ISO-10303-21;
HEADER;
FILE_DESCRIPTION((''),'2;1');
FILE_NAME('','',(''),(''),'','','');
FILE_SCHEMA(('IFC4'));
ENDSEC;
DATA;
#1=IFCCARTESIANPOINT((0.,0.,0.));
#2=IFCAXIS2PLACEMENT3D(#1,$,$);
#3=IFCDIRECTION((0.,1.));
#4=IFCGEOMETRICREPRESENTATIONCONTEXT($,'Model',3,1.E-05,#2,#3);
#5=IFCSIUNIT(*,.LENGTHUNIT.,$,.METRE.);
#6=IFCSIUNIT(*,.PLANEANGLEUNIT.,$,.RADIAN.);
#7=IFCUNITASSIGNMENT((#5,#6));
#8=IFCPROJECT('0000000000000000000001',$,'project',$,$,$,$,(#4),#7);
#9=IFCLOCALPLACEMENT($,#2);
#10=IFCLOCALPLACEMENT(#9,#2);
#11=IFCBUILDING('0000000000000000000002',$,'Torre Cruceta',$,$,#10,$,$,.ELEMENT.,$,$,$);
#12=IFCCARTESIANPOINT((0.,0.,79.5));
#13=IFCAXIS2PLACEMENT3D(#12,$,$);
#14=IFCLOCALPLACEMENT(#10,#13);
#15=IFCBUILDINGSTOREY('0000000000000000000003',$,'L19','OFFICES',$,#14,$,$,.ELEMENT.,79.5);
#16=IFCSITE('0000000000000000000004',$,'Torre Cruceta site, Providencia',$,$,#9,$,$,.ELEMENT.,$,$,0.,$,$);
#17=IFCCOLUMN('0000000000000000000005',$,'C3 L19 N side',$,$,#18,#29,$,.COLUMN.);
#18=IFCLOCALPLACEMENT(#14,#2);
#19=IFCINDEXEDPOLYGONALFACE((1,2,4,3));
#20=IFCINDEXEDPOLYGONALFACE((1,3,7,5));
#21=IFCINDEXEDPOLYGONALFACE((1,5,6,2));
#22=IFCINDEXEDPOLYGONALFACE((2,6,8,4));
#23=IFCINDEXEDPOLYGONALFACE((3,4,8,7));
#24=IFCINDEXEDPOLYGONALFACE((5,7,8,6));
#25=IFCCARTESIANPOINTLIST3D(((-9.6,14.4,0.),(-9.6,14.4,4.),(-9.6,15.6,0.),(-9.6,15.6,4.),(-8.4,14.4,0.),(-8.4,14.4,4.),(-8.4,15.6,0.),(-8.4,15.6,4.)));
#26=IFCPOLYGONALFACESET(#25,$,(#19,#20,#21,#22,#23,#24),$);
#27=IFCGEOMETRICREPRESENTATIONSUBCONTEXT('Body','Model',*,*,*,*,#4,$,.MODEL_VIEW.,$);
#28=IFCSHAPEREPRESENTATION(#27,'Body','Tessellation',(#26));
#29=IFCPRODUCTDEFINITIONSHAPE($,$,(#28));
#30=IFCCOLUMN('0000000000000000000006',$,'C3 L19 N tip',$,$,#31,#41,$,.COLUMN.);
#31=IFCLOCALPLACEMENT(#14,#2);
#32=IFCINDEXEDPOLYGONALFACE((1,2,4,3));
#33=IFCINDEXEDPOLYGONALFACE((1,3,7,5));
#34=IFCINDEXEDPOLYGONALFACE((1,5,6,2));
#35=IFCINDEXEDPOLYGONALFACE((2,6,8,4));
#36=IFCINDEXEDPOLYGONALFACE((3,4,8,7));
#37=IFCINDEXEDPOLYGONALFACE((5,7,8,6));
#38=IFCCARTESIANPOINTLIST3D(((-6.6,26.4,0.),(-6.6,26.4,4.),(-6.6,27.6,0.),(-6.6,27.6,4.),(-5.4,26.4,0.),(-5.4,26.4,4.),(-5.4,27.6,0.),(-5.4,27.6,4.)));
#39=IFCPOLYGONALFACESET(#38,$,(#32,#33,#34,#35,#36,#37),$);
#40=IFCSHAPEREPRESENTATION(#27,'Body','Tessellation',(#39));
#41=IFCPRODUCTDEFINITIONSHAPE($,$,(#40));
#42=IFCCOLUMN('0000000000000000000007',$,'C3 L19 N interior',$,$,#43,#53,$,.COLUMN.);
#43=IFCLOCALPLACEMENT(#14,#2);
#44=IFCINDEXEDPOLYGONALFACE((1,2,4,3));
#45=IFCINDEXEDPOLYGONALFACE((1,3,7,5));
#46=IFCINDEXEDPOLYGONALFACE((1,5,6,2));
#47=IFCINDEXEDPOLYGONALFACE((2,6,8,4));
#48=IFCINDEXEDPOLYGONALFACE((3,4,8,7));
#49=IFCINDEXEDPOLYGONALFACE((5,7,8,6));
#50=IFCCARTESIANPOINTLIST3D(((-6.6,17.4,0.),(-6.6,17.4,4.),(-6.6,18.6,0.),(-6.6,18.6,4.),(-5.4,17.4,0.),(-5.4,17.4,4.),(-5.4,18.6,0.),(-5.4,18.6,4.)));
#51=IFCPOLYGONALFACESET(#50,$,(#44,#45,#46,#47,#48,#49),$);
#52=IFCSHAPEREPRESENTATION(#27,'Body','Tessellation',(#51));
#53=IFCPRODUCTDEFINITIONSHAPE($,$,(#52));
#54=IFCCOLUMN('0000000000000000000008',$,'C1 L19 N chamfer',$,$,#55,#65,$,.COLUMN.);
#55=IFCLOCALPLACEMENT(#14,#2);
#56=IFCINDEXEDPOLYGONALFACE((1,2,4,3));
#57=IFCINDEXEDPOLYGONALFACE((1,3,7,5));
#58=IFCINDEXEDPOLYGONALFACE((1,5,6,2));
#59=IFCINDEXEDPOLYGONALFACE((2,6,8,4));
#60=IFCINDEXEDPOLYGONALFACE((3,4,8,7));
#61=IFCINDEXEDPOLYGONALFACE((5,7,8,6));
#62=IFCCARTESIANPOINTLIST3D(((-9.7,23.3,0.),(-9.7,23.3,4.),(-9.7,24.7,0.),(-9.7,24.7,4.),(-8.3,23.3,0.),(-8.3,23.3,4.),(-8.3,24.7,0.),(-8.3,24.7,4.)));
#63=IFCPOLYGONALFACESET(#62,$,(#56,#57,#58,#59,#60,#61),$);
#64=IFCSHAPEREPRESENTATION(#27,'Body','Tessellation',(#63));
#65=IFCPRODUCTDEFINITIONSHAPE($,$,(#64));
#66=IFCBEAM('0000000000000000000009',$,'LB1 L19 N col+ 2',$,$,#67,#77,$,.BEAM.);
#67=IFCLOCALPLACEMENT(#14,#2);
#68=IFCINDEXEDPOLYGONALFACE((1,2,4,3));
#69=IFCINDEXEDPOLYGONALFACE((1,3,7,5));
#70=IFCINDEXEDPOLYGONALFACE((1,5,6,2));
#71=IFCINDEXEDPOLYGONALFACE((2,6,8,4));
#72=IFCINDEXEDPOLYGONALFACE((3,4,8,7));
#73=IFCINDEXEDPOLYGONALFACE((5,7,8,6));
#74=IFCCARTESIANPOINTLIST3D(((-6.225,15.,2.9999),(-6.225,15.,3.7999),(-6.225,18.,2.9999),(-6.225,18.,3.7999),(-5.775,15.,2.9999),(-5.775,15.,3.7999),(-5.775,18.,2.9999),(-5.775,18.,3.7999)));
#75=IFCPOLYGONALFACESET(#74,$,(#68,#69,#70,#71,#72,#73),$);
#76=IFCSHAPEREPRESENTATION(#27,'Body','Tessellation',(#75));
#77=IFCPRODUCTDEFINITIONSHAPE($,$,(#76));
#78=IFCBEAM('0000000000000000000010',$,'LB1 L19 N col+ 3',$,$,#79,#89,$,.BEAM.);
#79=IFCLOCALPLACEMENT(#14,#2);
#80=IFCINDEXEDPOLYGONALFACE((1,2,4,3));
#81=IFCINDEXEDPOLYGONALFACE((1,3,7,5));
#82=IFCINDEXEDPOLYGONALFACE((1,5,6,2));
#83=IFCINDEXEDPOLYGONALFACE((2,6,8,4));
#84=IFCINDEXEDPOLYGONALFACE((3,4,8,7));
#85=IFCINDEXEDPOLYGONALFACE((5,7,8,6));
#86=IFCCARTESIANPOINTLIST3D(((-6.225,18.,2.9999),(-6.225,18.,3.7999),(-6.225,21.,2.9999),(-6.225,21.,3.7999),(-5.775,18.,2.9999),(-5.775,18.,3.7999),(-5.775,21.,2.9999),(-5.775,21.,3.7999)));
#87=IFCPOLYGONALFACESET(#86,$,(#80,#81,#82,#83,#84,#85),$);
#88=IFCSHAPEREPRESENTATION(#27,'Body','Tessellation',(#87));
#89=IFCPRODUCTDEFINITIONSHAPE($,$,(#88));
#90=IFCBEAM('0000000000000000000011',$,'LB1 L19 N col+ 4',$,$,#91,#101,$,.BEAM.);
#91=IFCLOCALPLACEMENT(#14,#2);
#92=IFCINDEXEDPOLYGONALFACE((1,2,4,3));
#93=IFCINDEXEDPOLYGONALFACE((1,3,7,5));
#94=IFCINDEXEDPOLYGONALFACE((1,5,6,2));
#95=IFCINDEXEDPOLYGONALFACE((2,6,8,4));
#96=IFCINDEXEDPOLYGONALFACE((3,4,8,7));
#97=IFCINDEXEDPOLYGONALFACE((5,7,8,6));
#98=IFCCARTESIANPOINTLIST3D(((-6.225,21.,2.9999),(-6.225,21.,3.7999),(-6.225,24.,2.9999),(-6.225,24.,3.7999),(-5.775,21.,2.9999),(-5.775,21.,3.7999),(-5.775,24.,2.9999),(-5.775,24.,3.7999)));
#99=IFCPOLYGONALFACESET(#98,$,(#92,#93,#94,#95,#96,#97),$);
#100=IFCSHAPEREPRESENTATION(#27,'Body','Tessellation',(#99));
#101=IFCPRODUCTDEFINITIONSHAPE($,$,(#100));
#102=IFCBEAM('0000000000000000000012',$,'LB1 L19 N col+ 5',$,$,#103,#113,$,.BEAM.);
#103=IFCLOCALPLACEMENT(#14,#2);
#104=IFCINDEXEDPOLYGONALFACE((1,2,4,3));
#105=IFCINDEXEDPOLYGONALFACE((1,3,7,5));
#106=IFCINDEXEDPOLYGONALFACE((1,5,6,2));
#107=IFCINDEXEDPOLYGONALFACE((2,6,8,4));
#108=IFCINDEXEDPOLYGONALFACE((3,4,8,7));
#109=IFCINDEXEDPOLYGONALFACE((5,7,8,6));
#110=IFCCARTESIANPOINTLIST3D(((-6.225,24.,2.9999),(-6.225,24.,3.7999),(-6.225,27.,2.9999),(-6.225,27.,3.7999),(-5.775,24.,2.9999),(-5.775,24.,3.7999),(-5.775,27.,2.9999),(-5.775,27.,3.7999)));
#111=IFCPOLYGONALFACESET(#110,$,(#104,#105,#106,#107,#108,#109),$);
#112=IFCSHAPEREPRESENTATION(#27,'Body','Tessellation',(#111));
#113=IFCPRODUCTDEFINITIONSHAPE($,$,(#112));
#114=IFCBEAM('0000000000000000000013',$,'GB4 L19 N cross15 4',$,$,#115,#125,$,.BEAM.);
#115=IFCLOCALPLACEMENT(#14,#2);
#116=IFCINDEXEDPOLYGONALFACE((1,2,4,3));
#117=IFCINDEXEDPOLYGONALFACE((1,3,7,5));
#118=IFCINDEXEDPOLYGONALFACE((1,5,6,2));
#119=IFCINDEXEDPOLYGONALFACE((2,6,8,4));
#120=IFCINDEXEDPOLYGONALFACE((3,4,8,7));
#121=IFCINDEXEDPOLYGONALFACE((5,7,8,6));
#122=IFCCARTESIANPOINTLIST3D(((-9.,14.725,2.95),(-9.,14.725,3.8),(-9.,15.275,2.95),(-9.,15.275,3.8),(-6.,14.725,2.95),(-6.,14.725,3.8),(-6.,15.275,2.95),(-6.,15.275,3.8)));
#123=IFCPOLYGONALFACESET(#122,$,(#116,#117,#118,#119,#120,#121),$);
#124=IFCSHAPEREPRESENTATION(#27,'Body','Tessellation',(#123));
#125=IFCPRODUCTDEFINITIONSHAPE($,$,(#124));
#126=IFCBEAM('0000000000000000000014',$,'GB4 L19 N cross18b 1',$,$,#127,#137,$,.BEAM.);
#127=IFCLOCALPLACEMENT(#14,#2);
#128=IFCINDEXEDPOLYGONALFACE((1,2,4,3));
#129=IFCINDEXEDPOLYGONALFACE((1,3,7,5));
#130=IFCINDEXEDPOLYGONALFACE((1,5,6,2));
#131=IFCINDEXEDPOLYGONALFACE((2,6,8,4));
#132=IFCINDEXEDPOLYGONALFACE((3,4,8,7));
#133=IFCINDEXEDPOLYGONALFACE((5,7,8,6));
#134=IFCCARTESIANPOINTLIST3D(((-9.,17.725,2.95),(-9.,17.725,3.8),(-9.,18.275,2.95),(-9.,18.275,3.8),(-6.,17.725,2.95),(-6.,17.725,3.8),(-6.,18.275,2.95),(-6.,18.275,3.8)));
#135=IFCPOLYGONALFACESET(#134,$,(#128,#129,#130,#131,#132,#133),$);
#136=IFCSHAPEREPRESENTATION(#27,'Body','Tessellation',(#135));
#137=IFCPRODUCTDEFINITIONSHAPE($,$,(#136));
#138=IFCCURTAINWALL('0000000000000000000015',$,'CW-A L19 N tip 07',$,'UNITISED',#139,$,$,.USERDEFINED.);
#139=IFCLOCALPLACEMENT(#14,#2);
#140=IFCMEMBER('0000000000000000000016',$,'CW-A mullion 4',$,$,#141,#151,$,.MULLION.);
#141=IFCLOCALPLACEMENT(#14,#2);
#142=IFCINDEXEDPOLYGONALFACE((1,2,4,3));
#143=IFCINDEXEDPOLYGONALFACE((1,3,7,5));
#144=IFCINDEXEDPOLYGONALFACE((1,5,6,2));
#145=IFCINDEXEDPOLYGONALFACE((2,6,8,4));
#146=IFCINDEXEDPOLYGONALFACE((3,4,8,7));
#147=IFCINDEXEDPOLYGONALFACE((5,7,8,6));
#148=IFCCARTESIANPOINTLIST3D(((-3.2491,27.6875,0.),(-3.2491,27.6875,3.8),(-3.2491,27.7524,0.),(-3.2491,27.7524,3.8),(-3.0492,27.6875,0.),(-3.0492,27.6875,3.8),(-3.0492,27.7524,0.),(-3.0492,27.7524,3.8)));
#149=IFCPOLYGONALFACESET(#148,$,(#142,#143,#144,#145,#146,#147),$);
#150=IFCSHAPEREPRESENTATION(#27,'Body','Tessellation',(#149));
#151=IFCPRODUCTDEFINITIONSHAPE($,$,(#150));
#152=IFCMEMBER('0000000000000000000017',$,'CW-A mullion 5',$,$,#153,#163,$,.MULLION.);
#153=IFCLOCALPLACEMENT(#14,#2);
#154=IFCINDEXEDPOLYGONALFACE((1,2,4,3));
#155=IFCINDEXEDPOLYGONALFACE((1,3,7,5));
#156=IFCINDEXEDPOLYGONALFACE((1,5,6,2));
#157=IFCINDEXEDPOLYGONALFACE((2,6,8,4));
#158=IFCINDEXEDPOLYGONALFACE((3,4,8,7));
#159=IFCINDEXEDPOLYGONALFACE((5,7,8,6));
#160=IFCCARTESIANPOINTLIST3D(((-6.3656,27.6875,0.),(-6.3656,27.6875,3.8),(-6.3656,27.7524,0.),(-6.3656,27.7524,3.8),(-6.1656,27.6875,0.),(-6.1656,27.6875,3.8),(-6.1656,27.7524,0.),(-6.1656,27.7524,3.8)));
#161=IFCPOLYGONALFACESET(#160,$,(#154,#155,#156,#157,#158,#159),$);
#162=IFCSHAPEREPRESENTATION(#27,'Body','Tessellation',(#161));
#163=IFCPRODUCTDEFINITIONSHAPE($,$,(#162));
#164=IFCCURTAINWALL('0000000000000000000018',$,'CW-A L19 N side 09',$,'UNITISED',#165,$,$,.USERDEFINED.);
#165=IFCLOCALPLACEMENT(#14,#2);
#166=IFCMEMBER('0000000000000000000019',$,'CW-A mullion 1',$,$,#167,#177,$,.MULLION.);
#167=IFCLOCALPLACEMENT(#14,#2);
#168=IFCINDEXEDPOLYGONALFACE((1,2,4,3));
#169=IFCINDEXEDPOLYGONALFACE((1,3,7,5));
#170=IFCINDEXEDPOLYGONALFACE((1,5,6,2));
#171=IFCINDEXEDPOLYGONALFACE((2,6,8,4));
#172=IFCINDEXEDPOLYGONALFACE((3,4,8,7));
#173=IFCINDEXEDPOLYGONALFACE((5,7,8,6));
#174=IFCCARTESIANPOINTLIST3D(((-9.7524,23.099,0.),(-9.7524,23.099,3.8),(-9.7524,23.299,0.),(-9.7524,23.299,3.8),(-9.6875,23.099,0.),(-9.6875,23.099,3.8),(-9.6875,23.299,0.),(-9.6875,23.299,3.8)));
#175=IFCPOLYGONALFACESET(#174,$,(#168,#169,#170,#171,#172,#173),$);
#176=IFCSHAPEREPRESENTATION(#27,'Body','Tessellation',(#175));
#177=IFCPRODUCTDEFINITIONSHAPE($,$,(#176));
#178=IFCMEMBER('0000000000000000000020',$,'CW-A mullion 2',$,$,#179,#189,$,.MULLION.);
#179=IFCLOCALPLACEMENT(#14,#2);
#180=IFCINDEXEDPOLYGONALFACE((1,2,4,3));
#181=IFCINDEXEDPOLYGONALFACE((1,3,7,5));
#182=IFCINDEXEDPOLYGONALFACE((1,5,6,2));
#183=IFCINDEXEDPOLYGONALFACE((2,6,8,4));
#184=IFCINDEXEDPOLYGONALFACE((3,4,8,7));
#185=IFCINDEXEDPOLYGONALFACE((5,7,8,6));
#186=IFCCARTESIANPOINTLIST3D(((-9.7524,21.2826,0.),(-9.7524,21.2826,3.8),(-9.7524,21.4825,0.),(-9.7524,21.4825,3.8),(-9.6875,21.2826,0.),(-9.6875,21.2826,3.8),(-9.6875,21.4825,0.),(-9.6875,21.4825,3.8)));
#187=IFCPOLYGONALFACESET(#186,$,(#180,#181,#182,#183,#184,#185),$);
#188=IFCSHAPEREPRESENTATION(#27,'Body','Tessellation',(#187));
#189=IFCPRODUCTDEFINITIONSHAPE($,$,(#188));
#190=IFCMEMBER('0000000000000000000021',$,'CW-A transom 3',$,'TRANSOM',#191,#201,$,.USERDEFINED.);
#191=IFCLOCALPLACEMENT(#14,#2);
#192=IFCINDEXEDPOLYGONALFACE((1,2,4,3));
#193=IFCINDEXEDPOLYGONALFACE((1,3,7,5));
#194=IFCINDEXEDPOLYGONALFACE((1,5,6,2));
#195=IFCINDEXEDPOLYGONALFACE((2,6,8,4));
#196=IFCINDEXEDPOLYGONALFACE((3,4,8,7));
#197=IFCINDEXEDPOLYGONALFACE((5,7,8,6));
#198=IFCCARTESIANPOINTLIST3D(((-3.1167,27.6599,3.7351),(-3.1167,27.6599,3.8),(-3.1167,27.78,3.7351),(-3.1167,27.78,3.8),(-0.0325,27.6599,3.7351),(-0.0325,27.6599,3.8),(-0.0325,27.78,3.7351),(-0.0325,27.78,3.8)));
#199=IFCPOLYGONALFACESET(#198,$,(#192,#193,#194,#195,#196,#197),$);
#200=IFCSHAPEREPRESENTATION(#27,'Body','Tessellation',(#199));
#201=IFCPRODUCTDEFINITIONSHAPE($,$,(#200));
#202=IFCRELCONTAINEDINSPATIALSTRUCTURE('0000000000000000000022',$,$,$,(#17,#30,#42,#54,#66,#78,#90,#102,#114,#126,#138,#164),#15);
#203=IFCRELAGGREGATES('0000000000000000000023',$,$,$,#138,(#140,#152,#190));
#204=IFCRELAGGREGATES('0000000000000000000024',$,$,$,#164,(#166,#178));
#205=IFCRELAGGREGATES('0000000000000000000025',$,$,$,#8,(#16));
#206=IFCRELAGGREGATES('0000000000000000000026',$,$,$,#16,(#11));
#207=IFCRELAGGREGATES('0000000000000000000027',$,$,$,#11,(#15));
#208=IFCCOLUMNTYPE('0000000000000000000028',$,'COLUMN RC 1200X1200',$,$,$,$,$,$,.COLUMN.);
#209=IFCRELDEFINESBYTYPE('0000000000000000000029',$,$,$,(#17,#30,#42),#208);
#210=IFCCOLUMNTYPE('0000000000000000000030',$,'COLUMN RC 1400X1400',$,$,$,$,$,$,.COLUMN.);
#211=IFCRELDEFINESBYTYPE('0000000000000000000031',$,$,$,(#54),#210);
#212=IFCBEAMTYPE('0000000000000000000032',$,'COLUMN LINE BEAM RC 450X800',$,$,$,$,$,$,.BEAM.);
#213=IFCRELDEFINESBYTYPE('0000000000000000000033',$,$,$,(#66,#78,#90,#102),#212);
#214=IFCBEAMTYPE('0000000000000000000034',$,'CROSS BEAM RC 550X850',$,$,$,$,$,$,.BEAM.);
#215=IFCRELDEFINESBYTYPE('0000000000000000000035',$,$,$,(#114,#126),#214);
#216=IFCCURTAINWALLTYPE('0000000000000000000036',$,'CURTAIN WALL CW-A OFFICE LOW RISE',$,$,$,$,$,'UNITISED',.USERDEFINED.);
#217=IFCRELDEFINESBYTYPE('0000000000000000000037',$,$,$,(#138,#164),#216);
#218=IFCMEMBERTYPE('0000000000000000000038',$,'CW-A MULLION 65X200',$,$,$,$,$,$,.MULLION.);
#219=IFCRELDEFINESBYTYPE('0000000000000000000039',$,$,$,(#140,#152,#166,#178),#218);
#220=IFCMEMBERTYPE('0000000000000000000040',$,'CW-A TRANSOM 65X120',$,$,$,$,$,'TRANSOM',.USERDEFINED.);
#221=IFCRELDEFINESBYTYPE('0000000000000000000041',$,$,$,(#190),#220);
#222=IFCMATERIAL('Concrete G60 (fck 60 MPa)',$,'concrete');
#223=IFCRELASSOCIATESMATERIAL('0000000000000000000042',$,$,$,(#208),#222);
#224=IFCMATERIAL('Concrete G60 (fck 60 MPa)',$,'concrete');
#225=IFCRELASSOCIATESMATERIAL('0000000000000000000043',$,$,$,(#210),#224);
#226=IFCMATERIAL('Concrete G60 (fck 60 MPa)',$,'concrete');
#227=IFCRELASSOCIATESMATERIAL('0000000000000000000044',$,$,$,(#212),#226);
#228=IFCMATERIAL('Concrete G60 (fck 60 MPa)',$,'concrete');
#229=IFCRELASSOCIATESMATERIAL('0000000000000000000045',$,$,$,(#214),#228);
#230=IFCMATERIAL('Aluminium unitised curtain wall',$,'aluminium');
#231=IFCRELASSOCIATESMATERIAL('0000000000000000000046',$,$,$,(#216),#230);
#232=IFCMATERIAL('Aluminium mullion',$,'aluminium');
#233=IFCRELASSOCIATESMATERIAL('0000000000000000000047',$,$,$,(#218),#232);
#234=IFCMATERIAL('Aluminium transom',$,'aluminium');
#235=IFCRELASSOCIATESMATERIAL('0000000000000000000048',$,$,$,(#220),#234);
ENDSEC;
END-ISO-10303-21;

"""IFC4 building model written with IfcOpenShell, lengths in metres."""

from ifc_helpers import new_model, si_unit, direction, frame, origin, origin_2d, place, context, subcontext, project, spatial, rectangle, extrude, material, material_profile, profile_set, type_object, element, aggregate, save


model = new_model("IFC4")

# Units and contexts
model_context = context("Model", 3, precision=1e-05, world=origin(), true_north=direction((0.0, 1.0)))
body_context = subcontext(model_context, "Body", "Model", "MODEL_VIEW")
ifc_project = project(units=[si_unit("LENGTHUNIT", "METRE"), si_unit("PLANEANGLEUNIT", "RADIAN")], contexts=[model_context])

# Site, building, storey
site_placement = place(None, origin())
site = spatial("IfcSite", under=ifc_project, at=site_placement, Name="Torre Cruceta site, Providencia", CompositionType="ELEMENT", RefElevation=0.0)
building_placement = place(site_placement, origin())
building = spatial("IfcBuilding", under=site, at=building_placement, Name="Torre Cruceta", CompositionType="ELEMENT")
storey_placement = place(building_placement, frame((0.0, 0.0, 79.5)))
storey = spatial("IfcBuildingStorey", under=building, at=storey_placement, Name="L19", Description="OFFICES", CompositionType="ELEMENT", Elevation=79.5)

# Columns
ifc_material_1 = material(Name="Concrete G60 (fck 60 MPa)", Category="concrete")
ifc_material_profile_1 = material_profile(ifc_material_1, rectangle(XDim=1.2, YDim=1.2, at=origin_2d()), Name="RC 1200X1200")
ifc_profile_set_1 = profile_set([ifc_material_profile_1], Name="Concrete G60 (fck 60 MPa)")
column_type_1 = type_object("IfcColumnType", Name="COLUMN RC 1200X1200", PredefinedType="COLUMN", material=ifc_profile_set_1)
for number, where, z_axis, x_axis, name in (
    (1, (-9.0, 15.0, 0.0), (0.0, 0.0, 1.0), (1.0, 0.0, 0.0), "C3 L19 N side"),
    (2, (-6.0, 27.0, 0.0), (0.0, 0.0, 1.0), (1.0, 0.0, 0.0), "C3 L19 N tip"),
    (3, (-6.0, 18.0, 0.0), (0.0, 0.0, 1.0), (1.0, 0.0, 0.0), "C3 L19 N interior"),
):
    element("IfcColumn", number, at=place(storey_placement, frame(where, z_axis=z_axis, x_axis=x_axis)), inside=storey, type_object=column_type_1, Name=name, PredefinedType="COLUMN", context=body_context, shape_type="SweptSolid", body=[
        extrude(rectangle(XDim=1.2, YDim=1.2, at=origin_2d()), origin(), (0.0, 0.0, 1.0), 4.0),
    ])
ifc_material_2 = material(Name="Concrete G60 (fck 60 MPa)", Category="concrete")
ifc_material_profile_2 = material_profile(ifc_material_2, rectangle(XDim=1.3999, YDim=1.3999, at=origin_2d()), Name="RC 1400X1400")
ifc_profile_set_2 = profile_set([ifc_material_profile_2], Name="Concrete G60 (fck 60 MPa)")
column_type_2 = type_object("IfcColumnType", Name="COLUMN RC 1400X1400", PredefinedType="COLUMN", material=ifc_profile_set_2)
column_placement = place(storey_placement, frame((-9.0, 24.0, 0.0), z_axis=(0.0, 0.0, 1.0), x_axis=(1.0, 0.0, 0.0)))
element("IfcColumn", 4, at=column_placement, inside=storey, type_object=column_type_2, Name="C1 L19 N chamfer", PredefinedType="COLUMN", context=body_context, shape_type="SweptSolid", body=[
    extrude(rectangle(XDim=1.3999, YDim=1.3999, at=origin_2d()), origin(), (0.0, 0.0, 1.0), 4.0),
])

# Beams
ifc_material_3 = material(Name="Concrete G60 (fck 60 MPa)", Category="concrete")
ifc_material_profile_3 = material_profile(ifc_material_3, rectangle(XDim=0.45, YDim=0.8, at=origin_2d()), Name="RC 450X800")
ifc_profile_set_3 = profile_set([ifc_material_profile_3], Name="Concrete G60 (fck 60 MPa)")
beam_type_1 = type_object("IfcBeamType", Name="COLUMN LINE BEAM RC 450X800", PredefinedType="BEAM", material=ifc_profile_set_3)
for number, where, z_axis, x_axis, name in (
    (5, (-6.0, 15.0, 3.3999), (0.0, 1.0, 0.0), (-1.0, 0.0, 0.0), "LB1 L19 N col+ 2"),
    (6, (-6.0, 18.0, 3.3999), (0.0, 1.0, 0.0), (-1.0, 0.0, 0.0), "LB1 L19 N col+ 3"),
    (7, (-6.0, 21.0, 3.3999), (0.0, 1.0, 0.0), (-1.0, 0.0, 0.0), "LB1 L19 N col+ 4"),
    (8, (-6.0, 24.0, 3.3999), (0.0, 1.0, 0.0), (-1.0, 0.0, 0.0), "LB1 L19 N col+ 5"),
):
    element("IfcBeam", number, at=place(storey_placement, frame(where, z_axis=z_axis, x_axis=x_axis)), inside=storey, type_object=beam_type_1, Name=name, PredefinedType="BEAM", context=body_context, shape_type="SweptSolid", body=[
        extrude(rectangle(XDim=0.45, YDim=0.8, at=origin_2d()), origin(), (0.0, 0.0, 1.0), 3.0),
    ])
ifc_material_4 = material(Name="Concrete G60 (fck 60 MPa)", Category="concrete")
ifc_material_profile_4 = material_profile(ifc_material_4, rectangle(XDim=0.55, YDim=0.8501, at=origin_2d()), Name="RC 550X850")
ifc_profile_set_4 = profile_set([ifc_material_profile_4], Name="Concrete G60 (fck 60 MPa)")
beam_type_2 = type_object("IfcBeamType", Name="CROSS BEAM RC 550X850", PredefinedType="BEAM", material=ifc_profile_set_4)
for number, where, z_axis, x_axis, name in (
    (9, (-6.0, 15.0, 3.375), (-1.0, 0.0, 0.0), (0.0, -1.0, 0.0), "GB4 L19 N cross15 4"),
    (10, (-6.0, 18.0, 3.375), (-1.0, 0.0, 0.0), (0.0, -1.0, 0.0), "GB4 L19 N cross18b 1"),
):
    element("IfcBeam", number, at=place(storey_placement, frame(where, z_axis=z_axis, x_axis=x_axis)), inside=storey, type_object=beam_type_2, Name=name, PredefinedType="BEAM", context=body_context, shape_type="SweptSolid", body=[
        extrude(rectangle(XDim=0.55, YDim=0.8501, at=origin_2d()), origin(), (0.0, 0.0, 1.0), 3.0),
    ])

# Curtain walls, members
ifc_material_5 = material(Name="Aluminium unitised curtain wall", Category="aluminium")
curtain_wall_type = type_object("IfcCurtainWallType", Name="CURTAIN WALL CW-A OFFICE LOW RISE", ElementType="UNITISED", PredefinedType="USERDEFINED", material=ifc_material_5)
curtain_wall_1_placement = place(storey_placement, origin())
curtain_wall_1 = element("IfcCurtainWall", 11, at=curtain_wall_1_placement, inside=storey, type_object=curtain_wall_type, Name="CW-A L19 N tip 07", ObjectType="UNITISED", PredefinedType="USERDEFINED")
ifc_material_6 = material(Name="Aluminium mullion", Category="aluminium")
ifc_material_profile_5 = material_profile(ifc_material_6, rectangle(XDim=0.0649, YDim=0.2, at=origin_2d()), Name="AL 65X200")
ifc_profile_set_5 = profile_set([ifc_material_profile_5], Name="Aluminium mullion")
member_type_1 = type_object("IfcMemberType", Name="CW-A MULLION 65X200", PredefinedType="MULLION", material=ifc_profile_set_5)
member_1_placement = place(storey_placement, frame((-3.1492, 27.72, 0.0), z_axis=(0.0, 0.0, 1.0), x_axis=(0.0, -1.0, 0.0)))
member_1 = element("IfcMember", 12, at=member_1_placement, type_object=member_type_1, Name="CW-A mullion 4", PredefinedType="MULLION", context=body_context, shape_type="SweptSolid", body=[
    extrude(rectangle(XDim=0.0649, YDim=0.2, at=origin_2d()), origin(), (0.0, 0.0, 1.0), 3.8),
])
member_2_placement = place(storey_placement, frame((-6.2656, 27.72, 0.0), z_axis=(0.0, 0.0, 1.0), x_axis=(0.0, -1.0, 0.0)))
member_2 = element("IfcMember", 13, at=member_2_placement, type_object=member_type_1, Name="CW-A mullion 5", PredefinedType="MULLION", context=body_context, shape_type="SweptSolid", body=[
    extrude(rectangle(XDim=0.0649, YDim=0.2, at=origin_2d()), origin(), (0.0, 0.0, 1.0), 3.8),
])
curtain_wall_2_placement = place(storey_placement, origin())
curtain_wall_2 = element("IfcCurtainWall", 14, at=curtain_wall_2_placement, inside=storey, type_object=curtain_wall_type, Name="CW-A L19 N side 09", ObjectType="UNITISED", PredefinedType="USERDEFINED")
member_3_placement = place(storey_placement, frame((-9.72, 23.199, 0.0), z_axis=(0.0, 0.0, 1.0), x_axis=(1.0, 0.0, 0.0)))
member_3 = element("IfcMember", 15, at=member_3_placement, type_object=member_type_1, Name="CW-A mullion 1", PredefinedType="MULLION", context=body_context, shape_type="SweptSolid", body=[
    extrude(rectangle(XDim=0.0649, YDim=0.2, at=origin_2d()), origin(), (0.0, 0.0, 1.0), 3.8),
])
member_4_placement = place(storey_placement, frame((-9.72, 21.3826, 0.0), z_axis=(0.0, 0.0, 1.0), x_axis=(1.0, 0.0, 0.0)))
member_4 = element("IfcMember", 16, at=member_4_placement, type_object=member_type_1, Name="CW-A mullion 2", PredefinedType="MULLION", context=body_context, shape_type="SweptSolid", body=[
    extrude(rectangle(XDim=0.0649, YDim=0.2, at=origin_2d()), origin(), (0.0, 0.0, 1.0), 3.8),
])

# Member
ifc_material_7 = material(Name="Aluminium transom", Category="aluminium")
ifc_material_profile_6 = material_profile(ifc_material_7, rectangle(XDim=0.1201, YDim=0.0649, at=origin_2d()), Name="AL 120X65")
ifc_profile_set_6 = profile_set([ifc_material_profile_6], Name="Aluminium transom")
member_type_2 = type_object("IfcMemberType", Name="CW-A TRANSOM 65X120", ElementType="TRANSOM", PredefinedType="USERDEFINED", material=ifc_profile_set_6)
member_5_placement = place(storey_placement, frame((-0.0325, 27.72, 3.7676), z_axis=(-1.0, 0.0, 0.0), x_axis=(0.0, -1.0, 0.0)))
member_5 = element("IfcMember", 17, at=member_5_placement, type_object=member_type_2, Name="CW-A transom 3", ObjectType="TRANSOM", PredefinedType="USERDEFINED", context=body_context, shape_type="SweptSolid", body=[
    extrude(rectangle(XDim=0.1201, YDim=0.0649, at=origin_2d()), origin(), (0.0, 0.0, 1.0), 3.0842),
])

aggregate(curtain_wall_1, [member_1, member_2, member_5])
aggregate(curtain_wall_2, [member_3, member_4])

save(model, "model.ifc")
